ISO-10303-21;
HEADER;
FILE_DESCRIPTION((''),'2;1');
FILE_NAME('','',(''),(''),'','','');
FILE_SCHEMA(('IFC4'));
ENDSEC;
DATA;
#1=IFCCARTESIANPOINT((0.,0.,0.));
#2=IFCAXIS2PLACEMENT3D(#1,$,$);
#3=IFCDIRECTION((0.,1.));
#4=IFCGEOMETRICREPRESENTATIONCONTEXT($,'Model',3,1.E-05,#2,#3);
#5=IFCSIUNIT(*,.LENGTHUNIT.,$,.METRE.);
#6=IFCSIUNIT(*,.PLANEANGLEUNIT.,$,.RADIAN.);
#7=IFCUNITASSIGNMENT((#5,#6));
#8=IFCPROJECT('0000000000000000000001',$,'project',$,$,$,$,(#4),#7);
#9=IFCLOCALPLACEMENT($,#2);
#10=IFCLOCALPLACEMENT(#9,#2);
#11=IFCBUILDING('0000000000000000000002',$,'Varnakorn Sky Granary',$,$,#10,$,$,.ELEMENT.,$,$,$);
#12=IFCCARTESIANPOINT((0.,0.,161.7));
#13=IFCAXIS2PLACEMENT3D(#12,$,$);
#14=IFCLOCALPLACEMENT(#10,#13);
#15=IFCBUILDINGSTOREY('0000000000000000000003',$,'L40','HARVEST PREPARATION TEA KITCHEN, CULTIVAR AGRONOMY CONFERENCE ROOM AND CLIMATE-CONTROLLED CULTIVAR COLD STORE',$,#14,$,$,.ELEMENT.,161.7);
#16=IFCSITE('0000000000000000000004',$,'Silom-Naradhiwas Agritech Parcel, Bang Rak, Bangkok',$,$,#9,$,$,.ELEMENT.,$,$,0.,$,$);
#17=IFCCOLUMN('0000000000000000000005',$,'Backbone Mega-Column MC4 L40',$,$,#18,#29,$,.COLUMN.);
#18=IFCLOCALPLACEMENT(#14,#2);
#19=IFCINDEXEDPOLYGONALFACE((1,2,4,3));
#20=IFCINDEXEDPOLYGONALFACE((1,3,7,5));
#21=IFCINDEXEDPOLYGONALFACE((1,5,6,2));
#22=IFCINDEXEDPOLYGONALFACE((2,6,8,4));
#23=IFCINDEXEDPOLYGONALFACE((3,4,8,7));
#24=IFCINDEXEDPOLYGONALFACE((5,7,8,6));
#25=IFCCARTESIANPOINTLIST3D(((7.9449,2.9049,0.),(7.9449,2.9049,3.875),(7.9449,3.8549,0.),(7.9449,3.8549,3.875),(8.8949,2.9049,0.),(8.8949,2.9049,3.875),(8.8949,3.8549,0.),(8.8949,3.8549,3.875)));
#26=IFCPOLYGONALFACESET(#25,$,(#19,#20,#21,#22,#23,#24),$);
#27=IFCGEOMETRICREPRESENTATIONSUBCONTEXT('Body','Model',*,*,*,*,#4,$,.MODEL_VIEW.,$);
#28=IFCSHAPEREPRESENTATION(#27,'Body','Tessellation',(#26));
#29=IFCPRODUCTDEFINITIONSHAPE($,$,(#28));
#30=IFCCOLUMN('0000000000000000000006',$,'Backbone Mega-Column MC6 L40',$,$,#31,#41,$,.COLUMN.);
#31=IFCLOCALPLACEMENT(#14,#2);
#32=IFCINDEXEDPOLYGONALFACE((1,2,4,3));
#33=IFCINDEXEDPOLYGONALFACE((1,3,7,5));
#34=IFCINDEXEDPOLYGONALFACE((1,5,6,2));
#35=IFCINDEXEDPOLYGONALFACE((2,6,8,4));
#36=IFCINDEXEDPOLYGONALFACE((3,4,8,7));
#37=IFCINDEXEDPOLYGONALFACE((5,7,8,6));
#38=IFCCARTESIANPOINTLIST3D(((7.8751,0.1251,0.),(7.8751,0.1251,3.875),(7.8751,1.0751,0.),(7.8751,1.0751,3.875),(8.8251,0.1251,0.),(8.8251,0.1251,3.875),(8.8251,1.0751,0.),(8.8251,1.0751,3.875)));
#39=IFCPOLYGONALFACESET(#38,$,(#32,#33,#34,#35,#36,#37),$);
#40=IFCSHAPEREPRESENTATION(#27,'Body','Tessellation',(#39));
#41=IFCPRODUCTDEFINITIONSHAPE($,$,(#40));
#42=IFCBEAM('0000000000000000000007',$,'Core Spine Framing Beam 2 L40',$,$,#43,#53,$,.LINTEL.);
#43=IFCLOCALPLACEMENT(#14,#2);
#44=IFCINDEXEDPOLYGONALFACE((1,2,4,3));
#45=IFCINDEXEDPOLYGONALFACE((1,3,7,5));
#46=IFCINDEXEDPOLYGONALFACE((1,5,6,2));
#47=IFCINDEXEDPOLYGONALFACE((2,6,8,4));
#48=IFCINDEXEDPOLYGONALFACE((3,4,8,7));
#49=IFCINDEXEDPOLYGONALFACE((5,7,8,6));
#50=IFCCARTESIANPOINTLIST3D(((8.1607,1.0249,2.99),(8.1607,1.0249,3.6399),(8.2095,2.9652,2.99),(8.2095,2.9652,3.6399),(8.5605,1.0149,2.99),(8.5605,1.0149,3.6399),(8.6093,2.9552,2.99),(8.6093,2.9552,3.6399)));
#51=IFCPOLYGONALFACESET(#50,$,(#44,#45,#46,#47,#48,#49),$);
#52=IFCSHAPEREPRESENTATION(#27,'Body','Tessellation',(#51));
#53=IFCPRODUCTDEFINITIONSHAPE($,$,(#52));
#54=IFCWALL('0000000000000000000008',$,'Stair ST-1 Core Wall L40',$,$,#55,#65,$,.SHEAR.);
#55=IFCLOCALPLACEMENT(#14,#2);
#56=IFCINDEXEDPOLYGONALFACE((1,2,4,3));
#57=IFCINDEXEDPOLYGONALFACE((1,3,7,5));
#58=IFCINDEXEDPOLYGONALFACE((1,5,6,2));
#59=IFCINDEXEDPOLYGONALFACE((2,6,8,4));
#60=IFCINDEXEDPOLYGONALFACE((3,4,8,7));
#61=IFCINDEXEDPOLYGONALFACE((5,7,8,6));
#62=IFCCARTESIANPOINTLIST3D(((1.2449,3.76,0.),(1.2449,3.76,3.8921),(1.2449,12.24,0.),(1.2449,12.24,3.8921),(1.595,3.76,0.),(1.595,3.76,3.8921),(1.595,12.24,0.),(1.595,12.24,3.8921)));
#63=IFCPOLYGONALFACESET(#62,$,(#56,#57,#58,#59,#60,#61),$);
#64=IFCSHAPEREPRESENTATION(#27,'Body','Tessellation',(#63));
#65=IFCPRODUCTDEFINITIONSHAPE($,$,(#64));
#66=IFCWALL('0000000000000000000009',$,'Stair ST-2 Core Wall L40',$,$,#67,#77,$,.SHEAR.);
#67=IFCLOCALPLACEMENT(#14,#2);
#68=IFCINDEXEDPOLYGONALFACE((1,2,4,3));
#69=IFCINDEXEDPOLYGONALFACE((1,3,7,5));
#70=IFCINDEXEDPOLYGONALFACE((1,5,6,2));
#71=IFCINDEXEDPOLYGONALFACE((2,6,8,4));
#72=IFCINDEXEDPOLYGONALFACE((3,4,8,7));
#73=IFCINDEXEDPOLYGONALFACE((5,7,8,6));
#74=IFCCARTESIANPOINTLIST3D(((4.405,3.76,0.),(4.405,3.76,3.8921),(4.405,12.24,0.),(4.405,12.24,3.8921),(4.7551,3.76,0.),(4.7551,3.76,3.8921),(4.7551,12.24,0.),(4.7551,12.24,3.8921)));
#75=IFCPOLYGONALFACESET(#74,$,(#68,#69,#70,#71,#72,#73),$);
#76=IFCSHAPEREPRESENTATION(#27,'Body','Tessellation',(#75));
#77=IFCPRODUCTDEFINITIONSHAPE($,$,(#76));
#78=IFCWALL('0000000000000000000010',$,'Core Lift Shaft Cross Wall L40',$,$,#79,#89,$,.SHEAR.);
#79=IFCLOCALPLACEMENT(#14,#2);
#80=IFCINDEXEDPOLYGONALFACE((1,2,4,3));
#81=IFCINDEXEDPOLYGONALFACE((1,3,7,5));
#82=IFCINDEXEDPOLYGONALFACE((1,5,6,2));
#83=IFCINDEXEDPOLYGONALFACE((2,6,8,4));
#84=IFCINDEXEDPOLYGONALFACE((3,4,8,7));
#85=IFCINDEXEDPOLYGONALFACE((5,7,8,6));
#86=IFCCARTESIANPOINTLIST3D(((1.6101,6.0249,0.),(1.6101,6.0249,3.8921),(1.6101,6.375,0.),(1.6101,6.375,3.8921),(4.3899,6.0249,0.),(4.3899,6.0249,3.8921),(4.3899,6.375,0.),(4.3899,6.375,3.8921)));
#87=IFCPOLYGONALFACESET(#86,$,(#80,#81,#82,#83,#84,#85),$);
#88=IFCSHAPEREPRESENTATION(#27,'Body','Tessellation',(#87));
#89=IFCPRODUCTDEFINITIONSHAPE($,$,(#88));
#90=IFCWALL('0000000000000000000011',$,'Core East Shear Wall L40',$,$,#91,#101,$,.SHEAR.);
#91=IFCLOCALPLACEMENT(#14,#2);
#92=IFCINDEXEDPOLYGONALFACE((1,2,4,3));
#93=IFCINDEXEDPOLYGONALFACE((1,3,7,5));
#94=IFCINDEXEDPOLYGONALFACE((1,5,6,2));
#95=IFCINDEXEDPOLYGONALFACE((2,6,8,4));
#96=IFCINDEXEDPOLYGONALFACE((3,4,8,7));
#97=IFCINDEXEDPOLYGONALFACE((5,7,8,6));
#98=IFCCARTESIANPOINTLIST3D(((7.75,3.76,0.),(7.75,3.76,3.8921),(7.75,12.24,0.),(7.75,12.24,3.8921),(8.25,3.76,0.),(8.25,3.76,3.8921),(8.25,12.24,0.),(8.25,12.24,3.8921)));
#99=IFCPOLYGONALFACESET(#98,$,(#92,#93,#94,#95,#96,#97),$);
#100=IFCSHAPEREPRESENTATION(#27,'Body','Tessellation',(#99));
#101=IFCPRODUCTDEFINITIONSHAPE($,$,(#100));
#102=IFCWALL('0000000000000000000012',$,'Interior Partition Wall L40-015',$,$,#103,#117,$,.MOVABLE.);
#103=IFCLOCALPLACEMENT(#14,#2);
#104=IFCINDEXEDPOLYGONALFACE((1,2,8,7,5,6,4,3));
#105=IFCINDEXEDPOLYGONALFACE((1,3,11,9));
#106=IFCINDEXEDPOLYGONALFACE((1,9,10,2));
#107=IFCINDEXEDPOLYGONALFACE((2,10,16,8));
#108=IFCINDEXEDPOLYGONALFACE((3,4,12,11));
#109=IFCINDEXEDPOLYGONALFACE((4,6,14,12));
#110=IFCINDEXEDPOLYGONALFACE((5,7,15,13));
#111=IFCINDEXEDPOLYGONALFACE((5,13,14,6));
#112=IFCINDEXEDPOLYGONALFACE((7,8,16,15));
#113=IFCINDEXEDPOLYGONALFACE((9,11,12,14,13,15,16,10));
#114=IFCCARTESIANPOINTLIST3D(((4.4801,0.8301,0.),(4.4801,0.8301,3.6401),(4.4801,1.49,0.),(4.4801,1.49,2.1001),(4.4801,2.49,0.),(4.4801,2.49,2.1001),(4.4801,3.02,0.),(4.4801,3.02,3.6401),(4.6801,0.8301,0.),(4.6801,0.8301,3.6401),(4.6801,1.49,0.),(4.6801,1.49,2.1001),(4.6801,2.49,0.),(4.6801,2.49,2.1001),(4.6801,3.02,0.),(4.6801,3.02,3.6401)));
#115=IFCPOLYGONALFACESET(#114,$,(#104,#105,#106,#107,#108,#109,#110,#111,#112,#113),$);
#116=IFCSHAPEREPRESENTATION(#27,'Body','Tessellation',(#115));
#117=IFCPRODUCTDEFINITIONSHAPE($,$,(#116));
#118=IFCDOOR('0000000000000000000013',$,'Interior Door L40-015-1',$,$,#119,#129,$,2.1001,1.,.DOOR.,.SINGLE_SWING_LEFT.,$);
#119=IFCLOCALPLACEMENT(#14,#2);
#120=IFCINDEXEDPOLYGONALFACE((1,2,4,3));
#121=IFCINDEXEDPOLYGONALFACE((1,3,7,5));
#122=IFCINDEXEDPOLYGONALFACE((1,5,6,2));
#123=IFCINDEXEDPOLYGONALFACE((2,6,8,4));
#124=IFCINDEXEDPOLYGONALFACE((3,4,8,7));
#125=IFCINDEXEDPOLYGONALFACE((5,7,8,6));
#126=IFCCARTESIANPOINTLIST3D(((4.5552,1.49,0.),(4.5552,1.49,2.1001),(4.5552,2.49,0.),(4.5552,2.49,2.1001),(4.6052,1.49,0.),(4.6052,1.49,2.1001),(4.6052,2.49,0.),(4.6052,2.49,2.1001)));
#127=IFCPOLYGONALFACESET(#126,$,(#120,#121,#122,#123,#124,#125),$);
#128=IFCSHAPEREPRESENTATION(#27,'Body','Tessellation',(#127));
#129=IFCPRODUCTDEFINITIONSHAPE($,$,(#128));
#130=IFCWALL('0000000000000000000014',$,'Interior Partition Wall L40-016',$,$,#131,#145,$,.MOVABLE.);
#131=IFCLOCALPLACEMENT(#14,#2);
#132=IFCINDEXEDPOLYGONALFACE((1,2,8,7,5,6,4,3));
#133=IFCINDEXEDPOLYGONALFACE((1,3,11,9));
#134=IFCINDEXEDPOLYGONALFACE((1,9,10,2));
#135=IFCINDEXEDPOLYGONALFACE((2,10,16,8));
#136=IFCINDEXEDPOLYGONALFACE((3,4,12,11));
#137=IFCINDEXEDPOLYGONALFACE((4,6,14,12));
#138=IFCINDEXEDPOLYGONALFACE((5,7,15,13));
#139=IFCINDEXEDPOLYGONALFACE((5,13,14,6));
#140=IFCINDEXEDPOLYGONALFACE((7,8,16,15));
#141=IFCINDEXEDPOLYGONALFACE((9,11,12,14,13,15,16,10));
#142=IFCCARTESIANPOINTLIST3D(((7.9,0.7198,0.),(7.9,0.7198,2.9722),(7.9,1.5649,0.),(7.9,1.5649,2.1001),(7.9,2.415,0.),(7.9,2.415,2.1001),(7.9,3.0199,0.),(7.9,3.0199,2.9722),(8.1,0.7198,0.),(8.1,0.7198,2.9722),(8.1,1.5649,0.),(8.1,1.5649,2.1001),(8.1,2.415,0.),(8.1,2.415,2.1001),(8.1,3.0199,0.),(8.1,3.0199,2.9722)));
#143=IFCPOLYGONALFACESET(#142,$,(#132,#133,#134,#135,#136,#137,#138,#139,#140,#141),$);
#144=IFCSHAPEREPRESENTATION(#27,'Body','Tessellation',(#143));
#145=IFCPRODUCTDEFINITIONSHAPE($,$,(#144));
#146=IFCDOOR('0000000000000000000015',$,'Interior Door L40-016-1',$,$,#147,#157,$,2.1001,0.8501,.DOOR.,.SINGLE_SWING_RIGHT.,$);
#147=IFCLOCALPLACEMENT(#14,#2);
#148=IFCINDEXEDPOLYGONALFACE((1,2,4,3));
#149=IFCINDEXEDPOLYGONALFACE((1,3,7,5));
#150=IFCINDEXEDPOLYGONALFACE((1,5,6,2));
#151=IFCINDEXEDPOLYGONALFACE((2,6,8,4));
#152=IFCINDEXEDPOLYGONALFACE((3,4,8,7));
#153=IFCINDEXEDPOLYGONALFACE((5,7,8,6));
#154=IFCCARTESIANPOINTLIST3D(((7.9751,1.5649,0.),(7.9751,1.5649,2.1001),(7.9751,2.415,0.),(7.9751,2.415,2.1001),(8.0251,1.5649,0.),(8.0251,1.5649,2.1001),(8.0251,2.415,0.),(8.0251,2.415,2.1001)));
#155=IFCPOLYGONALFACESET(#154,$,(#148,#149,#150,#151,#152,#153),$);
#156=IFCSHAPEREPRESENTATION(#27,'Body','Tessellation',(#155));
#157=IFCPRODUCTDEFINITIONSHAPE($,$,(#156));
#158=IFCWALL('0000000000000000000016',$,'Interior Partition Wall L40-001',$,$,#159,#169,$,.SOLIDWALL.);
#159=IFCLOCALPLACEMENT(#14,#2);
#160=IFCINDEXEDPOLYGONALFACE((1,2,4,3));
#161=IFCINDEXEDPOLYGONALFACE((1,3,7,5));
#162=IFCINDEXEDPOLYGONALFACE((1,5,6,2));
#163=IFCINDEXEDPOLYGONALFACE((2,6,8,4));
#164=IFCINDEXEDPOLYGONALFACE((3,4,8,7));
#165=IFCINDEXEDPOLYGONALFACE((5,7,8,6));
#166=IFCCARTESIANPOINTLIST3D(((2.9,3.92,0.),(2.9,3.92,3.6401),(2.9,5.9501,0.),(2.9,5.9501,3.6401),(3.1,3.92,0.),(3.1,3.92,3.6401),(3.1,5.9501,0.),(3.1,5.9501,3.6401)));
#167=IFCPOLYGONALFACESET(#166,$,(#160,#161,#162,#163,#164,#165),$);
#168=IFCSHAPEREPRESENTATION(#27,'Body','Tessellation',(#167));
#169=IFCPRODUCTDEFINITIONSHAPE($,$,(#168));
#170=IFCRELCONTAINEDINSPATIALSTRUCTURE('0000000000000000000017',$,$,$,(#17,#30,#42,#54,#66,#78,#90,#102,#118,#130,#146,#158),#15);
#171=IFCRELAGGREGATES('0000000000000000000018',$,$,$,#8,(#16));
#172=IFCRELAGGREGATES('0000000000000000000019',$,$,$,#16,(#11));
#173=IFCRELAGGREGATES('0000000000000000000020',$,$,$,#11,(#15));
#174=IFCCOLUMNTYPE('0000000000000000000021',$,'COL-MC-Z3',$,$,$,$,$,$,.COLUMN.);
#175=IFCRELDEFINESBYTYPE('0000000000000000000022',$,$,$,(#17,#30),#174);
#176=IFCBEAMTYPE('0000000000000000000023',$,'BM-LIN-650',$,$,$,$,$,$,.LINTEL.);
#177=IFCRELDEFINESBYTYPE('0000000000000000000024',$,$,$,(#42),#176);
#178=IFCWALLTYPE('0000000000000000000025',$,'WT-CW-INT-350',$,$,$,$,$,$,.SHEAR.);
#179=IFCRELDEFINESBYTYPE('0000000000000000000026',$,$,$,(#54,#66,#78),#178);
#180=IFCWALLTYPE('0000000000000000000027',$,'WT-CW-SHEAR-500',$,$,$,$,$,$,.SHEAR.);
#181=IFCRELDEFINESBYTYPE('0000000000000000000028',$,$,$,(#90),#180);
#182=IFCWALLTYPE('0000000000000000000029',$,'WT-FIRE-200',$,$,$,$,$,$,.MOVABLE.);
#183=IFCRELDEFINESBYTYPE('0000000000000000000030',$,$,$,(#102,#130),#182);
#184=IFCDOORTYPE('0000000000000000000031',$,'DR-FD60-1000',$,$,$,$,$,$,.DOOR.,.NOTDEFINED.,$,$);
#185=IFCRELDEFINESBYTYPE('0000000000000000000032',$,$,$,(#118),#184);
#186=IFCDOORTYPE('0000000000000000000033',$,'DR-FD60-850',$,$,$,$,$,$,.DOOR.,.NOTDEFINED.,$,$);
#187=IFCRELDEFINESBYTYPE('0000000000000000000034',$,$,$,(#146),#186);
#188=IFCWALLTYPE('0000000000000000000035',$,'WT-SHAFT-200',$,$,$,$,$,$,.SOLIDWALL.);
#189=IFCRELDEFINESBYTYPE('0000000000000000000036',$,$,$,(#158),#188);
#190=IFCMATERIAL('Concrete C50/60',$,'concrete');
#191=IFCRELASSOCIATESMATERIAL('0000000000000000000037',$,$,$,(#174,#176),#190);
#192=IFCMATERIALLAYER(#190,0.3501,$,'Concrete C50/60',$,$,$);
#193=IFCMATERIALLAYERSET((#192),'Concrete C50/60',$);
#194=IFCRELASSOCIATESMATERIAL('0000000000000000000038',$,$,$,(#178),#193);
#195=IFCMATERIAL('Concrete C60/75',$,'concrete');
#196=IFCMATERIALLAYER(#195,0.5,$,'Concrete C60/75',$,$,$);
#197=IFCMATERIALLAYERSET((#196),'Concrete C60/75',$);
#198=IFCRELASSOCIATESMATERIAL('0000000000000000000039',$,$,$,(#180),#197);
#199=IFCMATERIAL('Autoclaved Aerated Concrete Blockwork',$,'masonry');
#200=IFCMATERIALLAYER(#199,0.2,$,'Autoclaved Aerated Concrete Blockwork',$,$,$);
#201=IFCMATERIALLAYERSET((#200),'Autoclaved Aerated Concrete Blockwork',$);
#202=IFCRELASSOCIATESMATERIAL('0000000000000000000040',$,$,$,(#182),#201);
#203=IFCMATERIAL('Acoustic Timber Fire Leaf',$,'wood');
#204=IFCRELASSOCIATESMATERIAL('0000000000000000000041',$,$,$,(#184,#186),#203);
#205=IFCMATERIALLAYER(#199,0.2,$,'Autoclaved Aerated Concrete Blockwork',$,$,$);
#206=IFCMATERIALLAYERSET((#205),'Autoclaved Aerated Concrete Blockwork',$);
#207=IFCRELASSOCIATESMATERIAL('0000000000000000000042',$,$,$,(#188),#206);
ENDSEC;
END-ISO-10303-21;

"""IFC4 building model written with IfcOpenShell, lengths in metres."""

from ifc_helpers import new_model, si_unit, direction, frame, frame_2d, origin, origin_2d, place, context, subcontext, project, spatial, rectangle, extrude, material, layer, layer_set, material_profile, profile_set, type_object, element, fill, save


model = new_model("IFC4")

# Units and contexts
model_context = context("Model", 3, precision=1e-05, world=origin(), true_north=direction((0.0, 1.0)))
body_context = subcontext(model_context, "Body", "Model", "MODEL_VIEW")
ifc_project = project(units=[si_unit("LENGTHUNIT", "METRE"), si_unit("PLANEANGLEUNIT", "RADIAN")], contexts=[model_context])

# Site, building, storey
site_placement = place(None, origin())
site = spatial("IfcSite", under=ifc_project, at=site_placement, Name="Silom-Naradhiwas Agritech Parcel, Bang Rak, Bangkok", CompositionType="ELEMENT", RefElevation=0.0)
building_placement = place(site_placement, origin())
building = spatial("IfcBuilding", under=site, at=building_placement, Name="Varnakorn Sky Granary", CompositionType="ELEMENT")
storey_placement = place(building_placement, frame((0.0, 0.0, 161.7)))
storey = spatial("IfcBuildingStorey", under=building, at=storey_placement, Name="L40", Description="HARVEST PREPARATION TEA KITCHEN, CULTIVAR AGRONOMY CONFERENCE ROOM AND CLIMATE-CONTROLLED CULTIVAR COLD STORE", CompositionType="ELEMENT", Elevation=161.7)

# Columns
ifc_material_1 = material(Name="Concrete C50/60", Category="concrete")
ifc_material_profile_1 = material_profile(ifc_material_1, rectangle(XDim=0.95, YDim=0.95, at=origin_2d()), Name="RC 950x950")
ifc_profile_set_1 = profile_set([ifc_material_profile_1], Name="Concrete C50/60")
column_type = type_object("IfcColumnType", Name="COL-MC-Z3", PredefinedType="COLUMN", material=ifc_profile_set_1)
for number, where, z_axis, x_axis, name in (
    (1, (8.4199, 3.3799, 0.0), (0.0, 0.0, 1.0), (1.0, 0.0, 0.0), "Backbone Mega-Column MC4 L40"),
    (2, (8.3501, 0.6001, 0.0), (0.0, 0.0, 1.0), (1.0, 0.0, 0.0), "Backbone Mega-Column MC6 L40"),
):
    element("IfcColumn", number, at=place(storey_placement, frame(where, z_axis=z_axis, x_axis=x_axis)), inside=storey, type_object=column_type, Name=name, PredefinedType="COLUMN", context=body_context, shape_type="SweptSolid", body=[
        extrude(rectangle(XDim=0.95, YDim=0.95, at=origin_2d()), origin(), (0.0, 0.0, 1.0), 3.875),
    ])

# Beam
ifc_material_profile_2 = material_profile(ifc_material_1, rectangle(XDim=0.3999, YDim=0.6499, at=origin_2d()), Name="RC 400x650")
ifc_profile_set_2 = profile_set([ifc_material_profile_2], Name="Concrete C50/60")
beam_type = type_object("IfcBeamType", Name="BM-LIN-650", PredefinedType="LINTEL", material=ifc_profile_set_2)
beam_placement = place(storey_placement, frame((8.4094, 2.9602, 3.3149), z_axis=(-0.025159, -0.999683, 0.0), x_axis=(0.999683, -0.025159, 0.0)))
element("IfcBeam", 3, at=beam_placement, inside=storey, type_object=beam_type, Name="Core Spine Framing Beam 2 L40", PredefinedType="LINTEL", context=body_context, shape_type="SweptSolid", body=[
    extrude(rectangle(XDim=0.3999, YDim=0.6499, at=origin_2d()), origin(), (0.0, 0.0, 1.0), 1.9409),
])

# Walls
ifc_layer_1 = layer(ifc_material_1, 0.3501, Name="Concrete C50/60")
ifc_layer_set_1 = layer_set([ifc_layer_1], Name="Concrete C50/60")
wall_type_1 = type_object("IfcWallType", Name="WT-CW-INT-350", PredefinedType="SHEAR", material=ifc_layer_set_1)
for number, where, z_axis, x_axis, name in (
    (4, (1.4199, 3.76, 0.0), (0.0, 0.0, 1.0), (0.0, 1.0, 0.0), "Stair ST-1 Core Wall L40"),
    (5, (4.5801, 3.76, 0.0), (0.0, 0.0, 1.0), (0.0, 1.0, 0.0), "Stair ST-2 Core Wall L40"),
):
    element("IfcWall", number, at=place(storey_placement, frame(where, z_axis=z_axis, x_axis=x_axis)), inside=storey, type_object=wall_type_1, Name=name, PredefinedType="SHEAR", context=body_context, shape_type="SweptSolid", body=[
        extrude(rectangle(XDim=8.48, YDim=0.3501, at=frame_2d((4.24, 0.0))), origin(), (0.0, 0.0, 1.0), 3.8921),
    ])
wall_1_placement = place(storey_placement, frame((1.6101, 6.2, 0.0), z_axis=(0.0, 0.0, 1.0), x_axis=(1.0, 0.0, 0.0)))
element("IfcWall", 6, at=wall_1_placement, inside=storey, type_object=wall_type_1, Name="Core Lift Shaft Cross Wall L40", PredefinedType="SHEAR", context=body_context, shape_type="SweptSolid", body=[
    extrude(rectangle(XDim=2.7798, YDim=0.3501, at=frame_2d((1.3899, 0.0))), origin(), (0.0, 0.0, 1.0), 3.8921),
])
ifc_material_2 = material(Name="Concrete C60/75", Category="concrete")
ifc_layer_2 = layer(ifc_material_2, 0.5, Name="Concrete C60/75")
ifc_layer_set_2 = layer_set([ifc_layer_2], Name="Concrete C60/75")
wall_type_2 = type_object("IfcWallType", Name="WT-CW-SHEAR-500", PredefinedType="SHEAR", material=ifc_layer_set_2)
wall_2_placement = place(storey_placement, frame((8.0, 3.76, 0.0), z_axis=(0.0, 0.0, 1.0), x_axis=(0.0, 1.0, 0.0)))
element("IfcWall", 7, at=wall_2_placement, inside=storey, type_object=wall_type_2, Name="Core East Shear Wall L40", PredefinedType="SHEAR", context=body_context, shape_type="SweptSolid", body=[
    extrude(rectangle(XDim=8.48, YDim=0.5, at=frame_2d((4.24, 0.0))), origin(), (0.0, 0.0, 1.0), 3.8921),
])

# Walls, openings, doors
ifc_material_3 = material(Name="Autoclaved Aerated Concrete Blockwork", Category="masonry")
ifc_layer_3 = layer(ifc_material_3, 0.2, Name="Autoclaved Aerated Concrete Blockwork")
ifc_layer_set_3 = layer_set([ifc_layer_3], Name="Autoclaved Aerated Concrete Blockwork")
wall_type_3 = type_object("IfcWallType", Name="WT-FIRE-200", PredefinedType="MOVABLE", material=ifc_layer_set_3)
wall_3_placement = place(storey_placement, frame((4.5801, 0.8301, 0.0), z_axis=(0.0, 0.0, 1.0), x_axis=(0.0, 1.0, 0.0)))
wall_3 = element("IfcWall", 8, at=wall_3_placement, inside=storey, type_object=wall_type_3, Name="Interior Partition Wall L40-015", PredefinedType="MOVABLE", context=body_context, shape_type="SweptSolid", body=[
    extrude(rectangle(XDim=2.1899, YDim=0.2, at=frame_2d((1.095, 0.0))), origin(), (0.0, 0.0, 1.0), 3.6401),
])
opening_1_placement = place(wall_3_placement, frame((0.6599, 0.0, 0.0)))
opening_1 = element("IfcOpeningElement", 9, at=opening_1_placement, cuts=wall_3, PredefinedType="OPENING", context=body_context, shape_type="SweptSolid", body=[
    extrude(rectangle(XDim=1.0, YDim=2.1001, at=frame_2d((0.5, 1.05))), frame((0.0, 0.1099, 0.0), z_axis=(0.0, -1.0, 0.0), x_axis=(1.0, 0.0, 0.0)), (0.0, 0.0, 1.0), 0.22),
])
ifc_material_4 = material(Name="Acoustic Timber Fire Leaf", Category="wood")
door_type_1 = type_object("IfcDoorType", Name="DR-FD60-1000", OperationType="NOTDEFINED", PredefinedType="DOOR", material=ifc_material_4)
door_1_placement = place(opening_1_placement, origin())
door_1 = element("IfcDoor", 10, at=door_1_placement, inside=storey, type_object=door_type_1, Name="Interior Door L40-015-1", OperationType="SINGLE_SWING_LEFT", OverallHeight=2.1001, OverallWidth=1.0, PredefinedType="DOOR", context=body_context, shape_type="SweptSolid", body=[
    extrude(rectangle(XDim=1.0, YDim=2.1001, at=frame_2d((0.5, 1.05))), frame((0.0, 0.0249, 0.0), z_axis=(0.0, -1.0, 0.0), x_axis=(1.0, 0.0, 0.0)), (0.0, 0.0, 1.0), 0.05),
])
fill(opening_1, door_1)
wall_4_placement = place(storey_placement, frame((8.0, 0.72, 0.0), z_axis=(0.0, 0.0, 1.0), x_axis=(0.0, 1.0, 0.0)))
wall_4 = element("IfcWall", 11, at=wall_4_placement, inside=storey, type_object=wall_type_3, Name="Interior Partition Wall L40-016", PredefinedType="MOVABLE", context=body_context, shape_type="SweptSolid", body=[
    extrude(rectangle(XDim=2.3, YDim=0.2, at=frame_2d((1.1499, 0.0))), origin(), (0.0, 0.0, 1.0), 2.9722),
])
opening_2_placement = place(wall_4_placement, frame((0.845, 0.0, 0.0)))
opening_2 = element("IfcOpeningElement", 12, at=opening_2_placement, cuts=wall_4, PredefinedType="OPENING", context=body_context, shape_type="SweptSolid", body=[
    extrude(rectangle(XDim=0.8501, YDim=2.1001, at=frame_2d((0.425, 1.05))), frame((0.0, 0.1099, 0.0), z_axis=(0.0, -1.0, 0.0), x_axis=(1.0, 0.0, 0.0)), (0.0, 0.0, 1.0), 0.22),
])
door_type_2 = type_object("IfcDoorType", Name="DR-FD60-850", OperationType="NOTDEFINED", PredefinedType="DOOR", material=ifc_material_4)
door_2_placement = place(opening_2_placement, origin())
door_2 = element("IfcDoor", 13, at=door_2_placement, inside=storey, type_object=door_type_2, Name="Interior Door L40-016-1", OperationType="SINGLE_SWING_RIGHT", OverallHeight=2.1001, OverallWidth=0.8501, PredefinedType="DOOR", context=body_context, shape_type="SweptSolid", body=[
    extrude(rectangle(XDim=0.8501, YDim=2.1001, at=frame_2d((0.425, 1.05))), frame((0.0, 0.0249, 0.0), z_axis=(0.0, -1.0, 0.0), x_axis=(1.0, 0.0, 0.0)), (0.0, 0.0, 1.0), 0.05),
])
fill(opening_2, door_2)

# Wall
ifc_layer_4 = layer(ifc_material_3, 0.2, Name="Autoclaved Aerated Concrete Blockwork")
ifc_layer_set_4 = layer_set([ifc_layer_4], Name="Autoclaved Aerated Concrete Blockwork")
wall_type_4 = type_object("IfcWallType", Name="WT-SHAFT-200", PredefinedType="SOLIDWALL", material=ifc_layer_set_4)
wall_5_placement = place(storey_placement, frame((3.0, 3.9199, 0.0), z_axis=(0.0, 0.0, 1.0), x_axis=(0.0, 1.0, 0.0)))
element("IfcWall", 14, at=wall_5_placement, inside=storey, type_object=wall_type_4, Name="Interior Partition Wall L40-001", PredefinedType="SOLIDWALL", context=body_context, shape_type="SweptSolid", body=[
    extrude(rectangle(XDim=2.03, YDim=0.2, at=frame_2d((1.0151, 0.0))), origin(), (0.0, 0.0, 1.0), 3.6401),
])

save(model, "model.ifc")
